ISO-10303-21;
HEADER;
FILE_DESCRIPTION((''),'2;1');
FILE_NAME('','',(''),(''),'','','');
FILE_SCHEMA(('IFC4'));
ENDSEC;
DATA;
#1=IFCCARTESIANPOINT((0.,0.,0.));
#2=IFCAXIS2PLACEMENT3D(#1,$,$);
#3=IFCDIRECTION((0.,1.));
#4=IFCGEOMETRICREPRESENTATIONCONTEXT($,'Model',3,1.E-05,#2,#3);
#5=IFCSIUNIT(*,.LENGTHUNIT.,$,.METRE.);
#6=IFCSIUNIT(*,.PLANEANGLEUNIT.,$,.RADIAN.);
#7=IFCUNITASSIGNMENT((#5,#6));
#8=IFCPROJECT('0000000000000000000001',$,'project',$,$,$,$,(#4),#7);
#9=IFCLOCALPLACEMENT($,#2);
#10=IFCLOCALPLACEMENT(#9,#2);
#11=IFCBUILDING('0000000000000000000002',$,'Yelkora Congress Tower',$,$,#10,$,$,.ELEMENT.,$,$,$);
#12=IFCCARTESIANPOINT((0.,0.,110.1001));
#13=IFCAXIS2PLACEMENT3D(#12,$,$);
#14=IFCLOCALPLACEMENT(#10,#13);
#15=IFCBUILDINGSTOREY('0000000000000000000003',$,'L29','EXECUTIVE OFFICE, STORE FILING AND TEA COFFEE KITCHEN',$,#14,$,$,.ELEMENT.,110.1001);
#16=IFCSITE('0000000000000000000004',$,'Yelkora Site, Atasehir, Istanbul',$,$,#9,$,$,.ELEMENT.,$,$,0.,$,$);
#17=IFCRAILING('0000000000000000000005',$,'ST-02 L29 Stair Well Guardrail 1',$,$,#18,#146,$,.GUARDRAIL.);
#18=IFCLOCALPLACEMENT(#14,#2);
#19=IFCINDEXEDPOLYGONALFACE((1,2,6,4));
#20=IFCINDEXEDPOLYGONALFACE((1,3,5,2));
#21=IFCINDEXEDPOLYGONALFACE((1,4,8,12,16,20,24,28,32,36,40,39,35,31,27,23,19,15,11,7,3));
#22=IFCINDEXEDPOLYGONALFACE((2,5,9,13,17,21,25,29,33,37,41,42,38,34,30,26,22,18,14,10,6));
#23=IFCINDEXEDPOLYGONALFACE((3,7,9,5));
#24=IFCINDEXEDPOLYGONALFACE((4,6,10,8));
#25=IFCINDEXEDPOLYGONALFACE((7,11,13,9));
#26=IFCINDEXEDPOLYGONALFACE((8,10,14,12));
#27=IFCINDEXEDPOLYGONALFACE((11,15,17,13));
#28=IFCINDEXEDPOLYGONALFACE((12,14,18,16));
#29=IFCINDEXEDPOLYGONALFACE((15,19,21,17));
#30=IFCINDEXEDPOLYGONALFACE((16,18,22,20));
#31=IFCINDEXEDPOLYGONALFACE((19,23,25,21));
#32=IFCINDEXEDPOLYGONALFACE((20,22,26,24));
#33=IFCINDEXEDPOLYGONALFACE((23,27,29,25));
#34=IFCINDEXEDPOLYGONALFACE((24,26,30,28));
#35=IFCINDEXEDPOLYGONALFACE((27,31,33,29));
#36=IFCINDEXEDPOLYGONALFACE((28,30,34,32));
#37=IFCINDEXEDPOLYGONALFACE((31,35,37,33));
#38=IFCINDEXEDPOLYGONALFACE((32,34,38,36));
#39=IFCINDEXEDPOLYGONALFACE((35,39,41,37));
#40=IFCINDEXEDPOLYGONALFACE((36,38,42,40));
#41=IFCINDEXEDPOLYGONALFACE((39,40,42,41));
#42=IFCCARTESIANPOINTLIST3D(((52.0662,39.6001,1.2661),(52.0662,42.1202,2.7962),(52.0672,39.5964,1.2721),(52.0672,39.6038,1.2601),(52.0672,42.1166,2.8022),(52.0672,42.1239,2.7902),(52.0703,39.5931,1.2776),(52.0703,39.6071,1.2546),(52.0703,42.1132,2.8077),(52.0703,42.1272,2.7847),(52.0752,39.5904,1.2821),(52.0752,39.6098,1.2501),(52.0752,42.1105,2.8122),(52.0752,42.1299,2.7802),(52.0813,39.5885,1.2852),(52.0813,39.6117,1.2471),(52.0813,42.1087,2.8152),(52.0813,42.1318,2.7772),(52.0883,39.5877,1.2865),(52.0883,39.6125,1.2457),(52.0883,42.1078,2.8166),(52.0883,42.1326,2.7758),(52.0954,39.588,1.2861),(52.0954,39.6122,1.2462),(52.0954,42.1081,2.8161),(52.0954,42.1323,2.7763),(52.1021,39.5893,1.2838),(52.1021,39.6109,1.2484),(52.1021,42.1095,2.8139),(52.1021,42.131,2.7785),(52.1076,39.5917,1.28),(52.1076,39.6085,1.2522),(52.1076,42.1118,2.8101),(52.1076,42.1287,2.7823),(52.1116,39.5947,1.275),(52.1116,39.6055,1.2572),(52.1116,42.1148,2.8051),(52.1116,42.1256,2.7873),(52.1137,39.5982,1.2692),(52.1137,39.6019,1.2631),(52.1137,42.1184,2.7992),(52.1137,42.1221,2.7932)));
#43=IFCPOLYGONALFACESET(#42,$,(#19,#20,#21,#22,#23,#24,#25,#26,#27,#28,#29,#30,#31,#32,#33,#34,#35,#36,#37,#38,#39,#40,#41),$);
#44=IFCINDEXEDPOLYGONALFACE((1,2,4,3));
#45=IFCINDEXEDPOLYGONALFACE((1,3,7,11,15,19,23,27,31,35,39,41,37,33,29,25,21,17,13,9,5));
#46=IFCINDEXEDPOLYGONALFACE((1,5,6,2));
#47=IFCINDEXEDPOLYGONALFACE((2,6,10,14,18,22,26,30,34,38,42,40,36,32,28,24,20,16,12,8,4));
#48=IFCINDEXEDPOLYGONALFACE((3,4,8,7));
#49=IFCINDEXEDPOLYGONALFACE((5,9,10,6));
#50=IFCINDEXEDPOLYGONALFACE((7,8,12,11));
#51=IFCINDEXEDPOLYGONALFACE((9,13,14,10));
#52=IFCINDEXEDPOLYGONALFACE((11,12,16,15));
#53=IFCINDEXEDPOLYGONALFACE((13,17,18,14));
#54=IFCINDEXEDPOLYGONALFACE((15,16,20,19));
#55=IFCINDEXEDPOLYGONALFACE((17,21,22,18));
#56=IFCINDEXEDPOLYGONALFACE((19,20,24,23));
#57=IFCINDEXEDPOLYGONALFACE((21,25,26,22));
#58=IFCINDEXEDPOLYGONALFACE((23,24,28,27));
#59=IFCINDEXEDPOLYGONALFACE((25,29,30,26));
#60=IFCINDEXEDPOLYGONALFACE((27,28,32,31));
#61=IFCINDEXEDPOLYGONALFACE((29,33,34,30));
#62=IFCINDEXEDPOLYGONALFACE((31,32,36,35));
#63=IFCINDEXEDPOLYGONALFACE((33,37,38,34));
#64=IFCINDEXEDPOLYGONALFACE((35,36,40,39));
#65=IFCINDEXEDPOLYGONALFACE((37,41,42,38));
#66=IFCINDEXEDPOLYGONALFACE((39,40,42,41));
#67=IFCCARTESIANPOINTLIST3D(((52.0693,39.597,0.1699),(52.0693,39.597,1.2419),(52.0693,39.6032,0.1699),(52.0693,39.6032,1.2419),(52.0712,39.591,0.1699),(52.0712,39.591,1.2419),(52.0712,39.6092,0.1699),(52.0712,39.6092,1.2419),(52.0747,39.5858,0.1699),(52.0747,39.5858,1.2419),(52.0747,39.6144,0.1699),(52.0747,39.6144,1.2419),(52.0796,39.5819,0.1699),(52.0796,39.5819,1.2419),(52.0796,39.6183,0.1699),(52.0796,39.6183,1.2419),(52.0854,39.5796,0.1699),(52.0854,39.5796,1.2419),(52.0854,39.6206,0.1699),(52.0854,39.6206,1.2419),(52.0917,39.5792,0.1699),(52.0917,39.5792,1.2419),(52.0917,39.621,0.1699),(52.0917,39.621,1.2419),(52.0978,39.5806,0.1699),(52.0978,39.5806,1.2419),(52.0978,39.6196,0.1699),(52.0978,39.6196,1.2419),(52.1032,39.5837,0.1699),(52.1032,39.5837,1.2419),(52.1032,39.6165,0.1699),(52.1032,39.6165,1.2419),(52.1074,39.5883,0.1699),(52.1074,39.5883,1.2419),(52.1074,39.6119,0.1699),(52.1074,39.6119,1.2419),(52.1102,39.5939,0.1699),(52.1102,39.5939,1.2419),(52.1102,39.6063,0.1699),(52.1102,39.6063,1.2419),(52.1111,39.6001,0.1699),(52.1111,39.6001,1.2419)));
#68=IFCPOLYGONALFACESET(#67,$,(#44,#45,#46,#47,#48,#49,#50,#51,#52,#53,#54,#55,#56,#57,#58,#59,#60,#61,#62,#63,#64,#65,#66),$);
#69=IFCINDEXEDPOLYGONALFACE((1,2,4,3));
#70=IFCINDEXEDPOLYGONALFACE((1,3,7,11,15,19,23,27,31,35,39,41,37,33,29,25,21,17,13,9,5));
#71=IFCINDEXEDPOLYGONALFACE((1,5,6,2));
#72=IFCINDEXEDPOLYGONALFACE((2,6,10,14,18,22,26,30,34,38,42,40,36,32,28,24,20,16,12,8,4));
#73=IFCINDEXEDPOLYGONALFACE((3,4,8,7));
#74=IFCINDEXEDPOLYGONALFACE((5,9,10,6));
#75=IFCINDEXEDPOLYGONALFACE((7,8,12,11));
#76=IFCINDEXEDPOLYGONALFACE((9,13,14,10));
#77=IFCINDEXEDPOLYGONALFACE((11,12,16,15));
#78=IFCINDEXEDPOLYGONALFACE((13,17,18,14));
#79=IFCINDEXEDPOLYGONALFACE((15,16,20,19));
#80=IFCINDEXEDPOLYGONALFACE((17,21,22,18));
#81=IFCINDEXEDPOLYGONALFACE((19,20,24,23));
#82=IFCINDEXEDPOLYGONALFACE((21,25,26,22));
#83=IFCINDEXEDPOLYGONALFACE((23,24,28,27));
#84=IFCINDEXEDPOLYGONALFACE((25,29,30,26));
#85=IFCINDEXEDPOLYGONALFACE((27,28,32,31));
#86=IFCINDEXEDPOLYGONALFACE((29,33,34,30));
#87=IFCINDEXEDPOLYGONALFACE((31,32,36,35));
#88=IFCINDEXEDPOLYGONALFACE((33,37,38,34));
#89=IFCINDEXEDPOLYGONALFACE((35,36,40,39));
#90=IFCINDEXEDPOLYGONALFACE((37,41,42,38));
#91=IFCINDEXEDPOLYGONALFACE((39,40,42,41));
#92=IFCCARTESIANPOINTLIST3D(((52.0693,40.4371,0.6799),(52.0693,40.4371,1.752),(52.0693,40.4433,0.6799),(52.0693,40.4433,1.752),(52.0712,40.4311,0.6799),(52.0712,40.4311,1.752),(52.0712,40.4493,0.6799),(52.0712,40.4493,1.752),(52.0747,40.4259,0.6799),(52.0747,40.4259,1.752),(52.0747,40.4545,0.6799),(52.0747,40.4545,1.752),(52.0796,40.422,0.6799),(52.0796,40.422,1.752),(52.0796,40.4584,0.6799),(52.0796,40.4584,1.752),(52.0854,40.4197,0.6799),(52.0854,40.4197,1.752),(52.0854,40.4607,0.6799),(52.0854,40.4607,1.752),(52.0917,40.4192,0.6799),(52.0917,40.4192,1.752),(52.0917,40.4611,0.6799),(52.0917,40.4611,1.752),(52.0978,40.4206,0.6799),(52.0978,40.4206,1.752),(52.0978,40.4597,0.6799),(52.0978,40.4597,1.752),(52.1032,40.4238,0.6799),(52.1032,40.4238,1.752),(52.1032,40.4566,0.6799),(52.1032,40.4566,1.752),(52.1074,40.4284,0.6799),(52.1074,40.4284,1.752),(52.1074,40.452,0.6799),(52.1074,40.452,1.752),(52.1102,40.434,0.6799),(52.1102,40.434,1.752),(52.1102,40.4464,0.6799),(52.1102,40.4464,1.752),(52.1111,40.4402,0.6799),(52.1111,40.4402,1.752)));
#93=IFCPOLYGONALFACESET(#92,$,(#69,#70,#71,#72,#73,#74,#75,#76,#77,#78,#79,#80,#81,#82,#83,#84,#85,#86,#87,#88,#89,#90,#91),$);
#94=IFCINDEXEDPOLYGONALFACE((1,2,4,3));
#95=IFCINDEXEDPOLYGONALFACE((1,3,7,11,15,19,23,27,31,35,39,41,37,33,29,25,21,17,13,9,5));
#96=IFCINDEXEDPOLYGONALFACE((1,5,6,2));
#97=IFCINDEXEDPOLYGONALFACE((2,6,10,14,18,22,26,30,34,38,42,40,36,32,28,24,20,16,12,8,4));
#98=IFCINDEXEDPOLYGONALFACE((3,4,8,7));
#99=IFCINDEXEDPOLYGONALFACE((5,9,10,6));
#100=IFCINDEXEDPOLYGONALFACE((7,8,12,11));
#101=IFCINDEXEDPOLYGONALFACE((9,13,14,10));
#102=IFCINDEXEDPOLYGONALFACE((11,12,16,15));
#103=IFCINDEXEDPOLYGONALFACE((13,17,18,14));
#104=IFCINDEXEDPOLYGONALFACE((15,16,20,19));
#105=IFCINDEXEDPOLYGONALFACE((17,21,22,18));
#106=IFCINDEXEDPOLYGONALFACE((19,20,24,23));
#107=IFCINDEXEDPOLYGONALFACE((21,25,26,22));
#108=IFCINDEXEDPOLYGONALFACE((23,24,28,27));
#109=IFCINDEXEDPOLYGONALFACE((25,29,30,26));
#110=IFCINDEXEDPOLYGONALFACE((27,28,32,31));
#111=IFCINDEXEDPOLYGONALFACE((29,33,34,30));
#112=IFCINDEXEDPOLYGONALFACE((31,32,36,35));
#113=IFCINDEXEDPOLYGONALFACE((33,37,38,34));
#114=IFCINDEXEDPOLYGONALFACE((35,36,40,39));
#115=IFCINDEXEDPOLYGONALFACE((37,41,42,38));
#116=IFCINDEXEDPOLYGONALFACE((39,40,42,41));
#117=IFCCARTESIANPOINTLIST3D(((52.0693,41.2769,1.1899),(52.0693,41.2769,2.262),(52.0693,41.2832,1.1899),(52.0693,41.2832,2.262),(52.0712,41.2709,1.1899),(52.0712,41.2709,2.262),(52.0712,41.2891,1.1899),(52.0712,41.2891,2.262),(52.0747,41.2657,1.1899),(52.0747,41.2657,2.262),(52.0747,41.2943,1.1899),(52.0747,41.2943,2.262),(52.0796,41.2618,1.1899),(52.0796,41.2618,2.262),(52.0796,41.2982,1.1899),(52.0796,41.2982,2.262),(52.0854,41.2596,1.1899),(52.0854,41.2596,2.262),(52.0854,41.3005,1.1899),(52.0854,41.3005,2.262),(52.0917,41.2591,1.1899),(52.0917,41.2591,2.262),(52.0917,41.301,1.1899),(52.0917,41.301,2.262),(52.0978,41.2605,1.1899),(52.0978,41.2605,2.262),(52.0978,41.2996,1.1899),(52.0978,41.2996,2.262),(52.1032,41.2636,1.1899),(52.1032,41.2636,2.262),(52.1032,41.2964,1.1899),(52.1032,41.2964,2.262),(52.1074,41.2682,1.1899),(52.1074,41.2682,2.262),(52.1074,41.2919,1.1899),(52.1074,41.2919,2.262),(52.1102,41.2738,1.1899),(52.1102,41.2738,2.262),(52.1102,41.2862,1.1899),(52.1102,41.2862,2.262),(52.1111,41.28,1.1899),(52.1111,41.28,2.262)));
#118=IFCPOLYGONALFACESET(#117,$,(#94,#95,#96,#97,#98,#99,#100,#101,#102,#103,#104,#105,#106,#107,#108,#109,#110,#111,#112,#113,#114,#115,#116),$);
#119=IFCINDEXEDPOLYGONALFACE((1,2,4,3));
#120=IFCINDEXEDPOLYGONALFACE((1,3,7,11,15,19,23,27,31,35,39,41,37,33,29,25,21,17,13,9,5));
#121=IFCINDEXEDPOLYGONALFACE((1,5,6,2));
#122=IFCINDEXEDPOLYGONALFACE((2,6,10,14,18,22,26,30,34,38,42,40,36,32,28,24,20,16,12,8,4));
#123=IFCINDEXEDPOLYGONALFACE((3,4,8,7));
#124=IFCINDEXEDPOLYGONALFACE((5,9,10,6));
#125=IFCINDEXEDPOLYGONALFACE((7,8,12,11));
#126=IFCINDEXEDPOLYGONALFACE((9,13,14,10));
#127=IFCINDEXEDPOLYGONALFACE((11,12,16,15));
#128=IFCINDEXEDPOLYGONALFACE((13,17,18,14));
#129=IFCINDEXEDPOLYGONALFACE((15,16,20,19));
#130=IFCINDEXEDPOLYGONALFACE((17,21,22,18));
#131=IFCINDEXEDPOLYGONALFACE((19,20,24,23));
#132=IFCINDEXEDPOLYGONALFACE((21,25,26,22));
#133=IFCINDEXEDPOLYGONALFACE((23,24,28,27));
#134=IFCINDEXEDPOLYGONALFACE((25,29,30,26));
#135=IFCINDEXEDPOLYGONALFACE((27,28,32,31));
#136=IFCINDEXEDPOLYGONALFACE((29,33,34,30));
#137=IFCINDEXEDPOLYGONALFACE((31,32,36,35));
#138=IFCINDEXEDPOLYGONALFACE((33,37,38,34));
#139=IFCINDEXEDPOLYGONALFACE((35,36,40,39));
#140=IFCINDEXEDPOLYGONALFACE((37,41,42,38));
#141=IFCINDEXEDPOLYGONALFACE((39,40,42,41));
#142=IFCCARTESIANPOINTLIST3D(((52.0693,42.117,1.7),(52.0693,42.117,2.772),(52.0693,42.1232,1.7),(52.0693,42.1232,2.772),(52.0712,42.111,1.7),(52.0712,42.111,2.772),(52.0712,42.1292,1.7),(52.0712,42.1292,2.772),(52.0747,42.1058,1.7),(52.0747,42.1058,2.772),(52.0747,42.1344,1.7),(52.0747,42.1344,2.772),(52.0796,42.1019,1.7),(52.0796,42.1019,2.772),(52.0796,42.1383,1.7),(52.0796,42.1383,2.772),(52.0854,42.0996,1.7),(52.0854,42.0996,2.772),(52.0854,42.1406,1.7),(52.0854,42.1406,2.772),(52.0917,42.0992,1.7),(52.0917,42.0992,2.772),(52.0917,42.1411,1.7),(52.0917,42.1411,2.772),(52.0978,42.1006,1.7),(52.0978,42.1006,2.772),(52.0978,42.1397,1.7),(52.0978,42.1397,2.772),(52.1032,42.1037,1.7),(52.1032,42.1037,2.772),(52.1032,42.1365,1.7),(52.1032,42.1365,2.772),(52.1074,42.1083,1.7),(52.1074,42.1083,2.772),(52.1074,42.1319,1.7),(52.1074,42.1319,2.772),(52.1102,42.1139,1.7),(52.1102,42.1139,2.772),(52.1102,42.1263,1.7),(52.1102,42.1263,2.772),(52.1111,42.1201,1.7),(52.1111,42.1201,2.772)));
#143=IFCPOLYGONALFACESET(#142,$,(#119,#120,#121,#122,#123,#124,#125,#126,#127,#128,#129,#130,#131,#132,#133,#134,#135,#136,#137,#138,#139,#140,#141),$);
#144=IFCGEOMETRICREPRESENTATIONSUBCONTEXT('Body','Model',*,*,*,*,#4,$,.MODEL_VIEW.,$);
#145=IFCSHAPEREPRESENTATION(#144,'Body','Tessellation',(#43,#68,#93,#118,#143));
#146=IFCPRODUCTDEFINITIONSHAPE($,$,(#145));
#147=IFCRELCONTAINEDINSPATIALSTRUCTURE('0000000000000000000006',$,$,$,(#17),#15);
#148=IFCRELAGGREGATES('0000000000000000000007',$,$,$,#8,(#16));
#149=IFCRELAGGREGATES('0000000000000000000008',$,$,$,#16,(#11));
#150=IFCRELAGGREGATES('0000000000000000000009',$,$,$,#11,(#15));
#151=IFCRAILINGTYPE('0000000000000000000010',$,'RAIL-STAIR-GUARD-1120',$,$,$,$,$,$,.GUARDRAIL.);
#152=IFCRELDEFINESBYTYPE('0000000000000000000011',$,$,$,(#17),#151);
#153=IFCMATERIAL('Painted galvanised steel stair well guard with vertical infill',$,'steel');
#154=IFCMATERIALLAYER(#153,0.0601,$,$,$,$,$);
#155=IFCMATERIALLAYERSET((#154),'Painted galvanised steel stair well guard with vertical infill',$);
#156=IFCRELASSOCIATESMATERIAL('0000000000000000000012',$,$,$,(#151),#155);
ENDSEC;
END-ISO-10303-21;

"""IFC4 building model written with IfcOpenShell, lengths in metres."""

from ifc_helpers import new_model, si_unit, direction, frame, origin, origin_2d, place, context, subcontext, project, spatial, circle, extrude, material, layer, layer_set, type_object, element, save


model = new_model("IFC4")

# Units and contexts
model_context = context("Model", 3, precision=1e-05, world=origin(), true_north=direction((0.0, 1.0)))
body_context = subcontext(model_context, "Body", "Model", "MODEL_VIEW")
ifc_project = project(units=[si_unit("LENGTHUNIT", "METRE"), si_unit("PLANEANGLEUNIT", "RADIAN")], contexts=[model_context])

# Site, building, storey
site_placement = place(None, origin())
site = spatial("IfcSite", under=ifc_project, at=site_placement, Name="Yelkora Site, Atasehir, Istanbul", CompositionType="ELEMENT", RefElevation=0.0)
building_placement = place(site_placement, origin())
building = spatial("IfcBuilding", under=site, at=building_placement, Name="Yelkora Congress Tower", CompositionType="ELEMENT")
storey_placement = place(building_placement, frame((0.0, 0.0, 110.1001)))
storey = spatial("IfcBuildingStorey", under=building, at=storey_placement, Name="L29", Description="EXECUTIVE OFFICE, STORE FILING AND TEA COFFEE KITCHEN", CompositionType="ELEMENT", Elevation=110.1001)

# Railing
ifc_material_1 = material(Name="Painted galvanised steel stair well guard with vertical infill", Category="steel")
ifc_layer_1 = layer(ifc_material_1, 0.0601)
ifc_layer_set_1 = layer_set([ifc_layer_1], Name="Painted galvanised steel stair well guard with vertical infill")
railing_type_1 = type_object("IfcRailingType", Name="RAIL-STAIR-GUARD-1120", PredefinedType="GUARDRAIL", material=ifc_layer_set_1)
railing_1_placement = place(storey_placement, frame((52.0901, 39.6001, 0.1699)))
element("IfcRailing", 1, at=railing_1_placement, inside=storey, type_object=railing_type_1, Name="ST-02 L29 Stair Well Guardrail 1", PredefinedType="GUARDRAIL", context=body_context, shape_type="SweptSolid", body=[
    extrude(circle(Radius=0.0239, at=origin_2d()), frame((0.0, 0.0, 1.0962), z_axis=(0.0, 0.854785, 0.518982), x_axis=(-1.0, 0.0, 0.0)), (0.0, 0.0, 1.0), 2.9482),
    extrude(circle(Radius=0.021, at=origin_2d()), origin(), (0.0, 0.0, 1.0), 1.072),
    extrude(circle(Radius=0.021, at=origin_2d()), frame((0.0, 0.8401, 0.51)), (0.0, 0.0, 1.0), 1.072),
    extrude(circle(Radius=0.021, at=origin_2d()), frame((0.0, 1.6799, 1.02)), (0.0, 0.0, 1.0), 1.072),
    extrude(circle(Radius=0.021, at=origin_2d()), frame((0.0, 2.52, 1.53)), (0.0, 0.0, 1.0), 1.072),
])

save(model, "model.ifc")
